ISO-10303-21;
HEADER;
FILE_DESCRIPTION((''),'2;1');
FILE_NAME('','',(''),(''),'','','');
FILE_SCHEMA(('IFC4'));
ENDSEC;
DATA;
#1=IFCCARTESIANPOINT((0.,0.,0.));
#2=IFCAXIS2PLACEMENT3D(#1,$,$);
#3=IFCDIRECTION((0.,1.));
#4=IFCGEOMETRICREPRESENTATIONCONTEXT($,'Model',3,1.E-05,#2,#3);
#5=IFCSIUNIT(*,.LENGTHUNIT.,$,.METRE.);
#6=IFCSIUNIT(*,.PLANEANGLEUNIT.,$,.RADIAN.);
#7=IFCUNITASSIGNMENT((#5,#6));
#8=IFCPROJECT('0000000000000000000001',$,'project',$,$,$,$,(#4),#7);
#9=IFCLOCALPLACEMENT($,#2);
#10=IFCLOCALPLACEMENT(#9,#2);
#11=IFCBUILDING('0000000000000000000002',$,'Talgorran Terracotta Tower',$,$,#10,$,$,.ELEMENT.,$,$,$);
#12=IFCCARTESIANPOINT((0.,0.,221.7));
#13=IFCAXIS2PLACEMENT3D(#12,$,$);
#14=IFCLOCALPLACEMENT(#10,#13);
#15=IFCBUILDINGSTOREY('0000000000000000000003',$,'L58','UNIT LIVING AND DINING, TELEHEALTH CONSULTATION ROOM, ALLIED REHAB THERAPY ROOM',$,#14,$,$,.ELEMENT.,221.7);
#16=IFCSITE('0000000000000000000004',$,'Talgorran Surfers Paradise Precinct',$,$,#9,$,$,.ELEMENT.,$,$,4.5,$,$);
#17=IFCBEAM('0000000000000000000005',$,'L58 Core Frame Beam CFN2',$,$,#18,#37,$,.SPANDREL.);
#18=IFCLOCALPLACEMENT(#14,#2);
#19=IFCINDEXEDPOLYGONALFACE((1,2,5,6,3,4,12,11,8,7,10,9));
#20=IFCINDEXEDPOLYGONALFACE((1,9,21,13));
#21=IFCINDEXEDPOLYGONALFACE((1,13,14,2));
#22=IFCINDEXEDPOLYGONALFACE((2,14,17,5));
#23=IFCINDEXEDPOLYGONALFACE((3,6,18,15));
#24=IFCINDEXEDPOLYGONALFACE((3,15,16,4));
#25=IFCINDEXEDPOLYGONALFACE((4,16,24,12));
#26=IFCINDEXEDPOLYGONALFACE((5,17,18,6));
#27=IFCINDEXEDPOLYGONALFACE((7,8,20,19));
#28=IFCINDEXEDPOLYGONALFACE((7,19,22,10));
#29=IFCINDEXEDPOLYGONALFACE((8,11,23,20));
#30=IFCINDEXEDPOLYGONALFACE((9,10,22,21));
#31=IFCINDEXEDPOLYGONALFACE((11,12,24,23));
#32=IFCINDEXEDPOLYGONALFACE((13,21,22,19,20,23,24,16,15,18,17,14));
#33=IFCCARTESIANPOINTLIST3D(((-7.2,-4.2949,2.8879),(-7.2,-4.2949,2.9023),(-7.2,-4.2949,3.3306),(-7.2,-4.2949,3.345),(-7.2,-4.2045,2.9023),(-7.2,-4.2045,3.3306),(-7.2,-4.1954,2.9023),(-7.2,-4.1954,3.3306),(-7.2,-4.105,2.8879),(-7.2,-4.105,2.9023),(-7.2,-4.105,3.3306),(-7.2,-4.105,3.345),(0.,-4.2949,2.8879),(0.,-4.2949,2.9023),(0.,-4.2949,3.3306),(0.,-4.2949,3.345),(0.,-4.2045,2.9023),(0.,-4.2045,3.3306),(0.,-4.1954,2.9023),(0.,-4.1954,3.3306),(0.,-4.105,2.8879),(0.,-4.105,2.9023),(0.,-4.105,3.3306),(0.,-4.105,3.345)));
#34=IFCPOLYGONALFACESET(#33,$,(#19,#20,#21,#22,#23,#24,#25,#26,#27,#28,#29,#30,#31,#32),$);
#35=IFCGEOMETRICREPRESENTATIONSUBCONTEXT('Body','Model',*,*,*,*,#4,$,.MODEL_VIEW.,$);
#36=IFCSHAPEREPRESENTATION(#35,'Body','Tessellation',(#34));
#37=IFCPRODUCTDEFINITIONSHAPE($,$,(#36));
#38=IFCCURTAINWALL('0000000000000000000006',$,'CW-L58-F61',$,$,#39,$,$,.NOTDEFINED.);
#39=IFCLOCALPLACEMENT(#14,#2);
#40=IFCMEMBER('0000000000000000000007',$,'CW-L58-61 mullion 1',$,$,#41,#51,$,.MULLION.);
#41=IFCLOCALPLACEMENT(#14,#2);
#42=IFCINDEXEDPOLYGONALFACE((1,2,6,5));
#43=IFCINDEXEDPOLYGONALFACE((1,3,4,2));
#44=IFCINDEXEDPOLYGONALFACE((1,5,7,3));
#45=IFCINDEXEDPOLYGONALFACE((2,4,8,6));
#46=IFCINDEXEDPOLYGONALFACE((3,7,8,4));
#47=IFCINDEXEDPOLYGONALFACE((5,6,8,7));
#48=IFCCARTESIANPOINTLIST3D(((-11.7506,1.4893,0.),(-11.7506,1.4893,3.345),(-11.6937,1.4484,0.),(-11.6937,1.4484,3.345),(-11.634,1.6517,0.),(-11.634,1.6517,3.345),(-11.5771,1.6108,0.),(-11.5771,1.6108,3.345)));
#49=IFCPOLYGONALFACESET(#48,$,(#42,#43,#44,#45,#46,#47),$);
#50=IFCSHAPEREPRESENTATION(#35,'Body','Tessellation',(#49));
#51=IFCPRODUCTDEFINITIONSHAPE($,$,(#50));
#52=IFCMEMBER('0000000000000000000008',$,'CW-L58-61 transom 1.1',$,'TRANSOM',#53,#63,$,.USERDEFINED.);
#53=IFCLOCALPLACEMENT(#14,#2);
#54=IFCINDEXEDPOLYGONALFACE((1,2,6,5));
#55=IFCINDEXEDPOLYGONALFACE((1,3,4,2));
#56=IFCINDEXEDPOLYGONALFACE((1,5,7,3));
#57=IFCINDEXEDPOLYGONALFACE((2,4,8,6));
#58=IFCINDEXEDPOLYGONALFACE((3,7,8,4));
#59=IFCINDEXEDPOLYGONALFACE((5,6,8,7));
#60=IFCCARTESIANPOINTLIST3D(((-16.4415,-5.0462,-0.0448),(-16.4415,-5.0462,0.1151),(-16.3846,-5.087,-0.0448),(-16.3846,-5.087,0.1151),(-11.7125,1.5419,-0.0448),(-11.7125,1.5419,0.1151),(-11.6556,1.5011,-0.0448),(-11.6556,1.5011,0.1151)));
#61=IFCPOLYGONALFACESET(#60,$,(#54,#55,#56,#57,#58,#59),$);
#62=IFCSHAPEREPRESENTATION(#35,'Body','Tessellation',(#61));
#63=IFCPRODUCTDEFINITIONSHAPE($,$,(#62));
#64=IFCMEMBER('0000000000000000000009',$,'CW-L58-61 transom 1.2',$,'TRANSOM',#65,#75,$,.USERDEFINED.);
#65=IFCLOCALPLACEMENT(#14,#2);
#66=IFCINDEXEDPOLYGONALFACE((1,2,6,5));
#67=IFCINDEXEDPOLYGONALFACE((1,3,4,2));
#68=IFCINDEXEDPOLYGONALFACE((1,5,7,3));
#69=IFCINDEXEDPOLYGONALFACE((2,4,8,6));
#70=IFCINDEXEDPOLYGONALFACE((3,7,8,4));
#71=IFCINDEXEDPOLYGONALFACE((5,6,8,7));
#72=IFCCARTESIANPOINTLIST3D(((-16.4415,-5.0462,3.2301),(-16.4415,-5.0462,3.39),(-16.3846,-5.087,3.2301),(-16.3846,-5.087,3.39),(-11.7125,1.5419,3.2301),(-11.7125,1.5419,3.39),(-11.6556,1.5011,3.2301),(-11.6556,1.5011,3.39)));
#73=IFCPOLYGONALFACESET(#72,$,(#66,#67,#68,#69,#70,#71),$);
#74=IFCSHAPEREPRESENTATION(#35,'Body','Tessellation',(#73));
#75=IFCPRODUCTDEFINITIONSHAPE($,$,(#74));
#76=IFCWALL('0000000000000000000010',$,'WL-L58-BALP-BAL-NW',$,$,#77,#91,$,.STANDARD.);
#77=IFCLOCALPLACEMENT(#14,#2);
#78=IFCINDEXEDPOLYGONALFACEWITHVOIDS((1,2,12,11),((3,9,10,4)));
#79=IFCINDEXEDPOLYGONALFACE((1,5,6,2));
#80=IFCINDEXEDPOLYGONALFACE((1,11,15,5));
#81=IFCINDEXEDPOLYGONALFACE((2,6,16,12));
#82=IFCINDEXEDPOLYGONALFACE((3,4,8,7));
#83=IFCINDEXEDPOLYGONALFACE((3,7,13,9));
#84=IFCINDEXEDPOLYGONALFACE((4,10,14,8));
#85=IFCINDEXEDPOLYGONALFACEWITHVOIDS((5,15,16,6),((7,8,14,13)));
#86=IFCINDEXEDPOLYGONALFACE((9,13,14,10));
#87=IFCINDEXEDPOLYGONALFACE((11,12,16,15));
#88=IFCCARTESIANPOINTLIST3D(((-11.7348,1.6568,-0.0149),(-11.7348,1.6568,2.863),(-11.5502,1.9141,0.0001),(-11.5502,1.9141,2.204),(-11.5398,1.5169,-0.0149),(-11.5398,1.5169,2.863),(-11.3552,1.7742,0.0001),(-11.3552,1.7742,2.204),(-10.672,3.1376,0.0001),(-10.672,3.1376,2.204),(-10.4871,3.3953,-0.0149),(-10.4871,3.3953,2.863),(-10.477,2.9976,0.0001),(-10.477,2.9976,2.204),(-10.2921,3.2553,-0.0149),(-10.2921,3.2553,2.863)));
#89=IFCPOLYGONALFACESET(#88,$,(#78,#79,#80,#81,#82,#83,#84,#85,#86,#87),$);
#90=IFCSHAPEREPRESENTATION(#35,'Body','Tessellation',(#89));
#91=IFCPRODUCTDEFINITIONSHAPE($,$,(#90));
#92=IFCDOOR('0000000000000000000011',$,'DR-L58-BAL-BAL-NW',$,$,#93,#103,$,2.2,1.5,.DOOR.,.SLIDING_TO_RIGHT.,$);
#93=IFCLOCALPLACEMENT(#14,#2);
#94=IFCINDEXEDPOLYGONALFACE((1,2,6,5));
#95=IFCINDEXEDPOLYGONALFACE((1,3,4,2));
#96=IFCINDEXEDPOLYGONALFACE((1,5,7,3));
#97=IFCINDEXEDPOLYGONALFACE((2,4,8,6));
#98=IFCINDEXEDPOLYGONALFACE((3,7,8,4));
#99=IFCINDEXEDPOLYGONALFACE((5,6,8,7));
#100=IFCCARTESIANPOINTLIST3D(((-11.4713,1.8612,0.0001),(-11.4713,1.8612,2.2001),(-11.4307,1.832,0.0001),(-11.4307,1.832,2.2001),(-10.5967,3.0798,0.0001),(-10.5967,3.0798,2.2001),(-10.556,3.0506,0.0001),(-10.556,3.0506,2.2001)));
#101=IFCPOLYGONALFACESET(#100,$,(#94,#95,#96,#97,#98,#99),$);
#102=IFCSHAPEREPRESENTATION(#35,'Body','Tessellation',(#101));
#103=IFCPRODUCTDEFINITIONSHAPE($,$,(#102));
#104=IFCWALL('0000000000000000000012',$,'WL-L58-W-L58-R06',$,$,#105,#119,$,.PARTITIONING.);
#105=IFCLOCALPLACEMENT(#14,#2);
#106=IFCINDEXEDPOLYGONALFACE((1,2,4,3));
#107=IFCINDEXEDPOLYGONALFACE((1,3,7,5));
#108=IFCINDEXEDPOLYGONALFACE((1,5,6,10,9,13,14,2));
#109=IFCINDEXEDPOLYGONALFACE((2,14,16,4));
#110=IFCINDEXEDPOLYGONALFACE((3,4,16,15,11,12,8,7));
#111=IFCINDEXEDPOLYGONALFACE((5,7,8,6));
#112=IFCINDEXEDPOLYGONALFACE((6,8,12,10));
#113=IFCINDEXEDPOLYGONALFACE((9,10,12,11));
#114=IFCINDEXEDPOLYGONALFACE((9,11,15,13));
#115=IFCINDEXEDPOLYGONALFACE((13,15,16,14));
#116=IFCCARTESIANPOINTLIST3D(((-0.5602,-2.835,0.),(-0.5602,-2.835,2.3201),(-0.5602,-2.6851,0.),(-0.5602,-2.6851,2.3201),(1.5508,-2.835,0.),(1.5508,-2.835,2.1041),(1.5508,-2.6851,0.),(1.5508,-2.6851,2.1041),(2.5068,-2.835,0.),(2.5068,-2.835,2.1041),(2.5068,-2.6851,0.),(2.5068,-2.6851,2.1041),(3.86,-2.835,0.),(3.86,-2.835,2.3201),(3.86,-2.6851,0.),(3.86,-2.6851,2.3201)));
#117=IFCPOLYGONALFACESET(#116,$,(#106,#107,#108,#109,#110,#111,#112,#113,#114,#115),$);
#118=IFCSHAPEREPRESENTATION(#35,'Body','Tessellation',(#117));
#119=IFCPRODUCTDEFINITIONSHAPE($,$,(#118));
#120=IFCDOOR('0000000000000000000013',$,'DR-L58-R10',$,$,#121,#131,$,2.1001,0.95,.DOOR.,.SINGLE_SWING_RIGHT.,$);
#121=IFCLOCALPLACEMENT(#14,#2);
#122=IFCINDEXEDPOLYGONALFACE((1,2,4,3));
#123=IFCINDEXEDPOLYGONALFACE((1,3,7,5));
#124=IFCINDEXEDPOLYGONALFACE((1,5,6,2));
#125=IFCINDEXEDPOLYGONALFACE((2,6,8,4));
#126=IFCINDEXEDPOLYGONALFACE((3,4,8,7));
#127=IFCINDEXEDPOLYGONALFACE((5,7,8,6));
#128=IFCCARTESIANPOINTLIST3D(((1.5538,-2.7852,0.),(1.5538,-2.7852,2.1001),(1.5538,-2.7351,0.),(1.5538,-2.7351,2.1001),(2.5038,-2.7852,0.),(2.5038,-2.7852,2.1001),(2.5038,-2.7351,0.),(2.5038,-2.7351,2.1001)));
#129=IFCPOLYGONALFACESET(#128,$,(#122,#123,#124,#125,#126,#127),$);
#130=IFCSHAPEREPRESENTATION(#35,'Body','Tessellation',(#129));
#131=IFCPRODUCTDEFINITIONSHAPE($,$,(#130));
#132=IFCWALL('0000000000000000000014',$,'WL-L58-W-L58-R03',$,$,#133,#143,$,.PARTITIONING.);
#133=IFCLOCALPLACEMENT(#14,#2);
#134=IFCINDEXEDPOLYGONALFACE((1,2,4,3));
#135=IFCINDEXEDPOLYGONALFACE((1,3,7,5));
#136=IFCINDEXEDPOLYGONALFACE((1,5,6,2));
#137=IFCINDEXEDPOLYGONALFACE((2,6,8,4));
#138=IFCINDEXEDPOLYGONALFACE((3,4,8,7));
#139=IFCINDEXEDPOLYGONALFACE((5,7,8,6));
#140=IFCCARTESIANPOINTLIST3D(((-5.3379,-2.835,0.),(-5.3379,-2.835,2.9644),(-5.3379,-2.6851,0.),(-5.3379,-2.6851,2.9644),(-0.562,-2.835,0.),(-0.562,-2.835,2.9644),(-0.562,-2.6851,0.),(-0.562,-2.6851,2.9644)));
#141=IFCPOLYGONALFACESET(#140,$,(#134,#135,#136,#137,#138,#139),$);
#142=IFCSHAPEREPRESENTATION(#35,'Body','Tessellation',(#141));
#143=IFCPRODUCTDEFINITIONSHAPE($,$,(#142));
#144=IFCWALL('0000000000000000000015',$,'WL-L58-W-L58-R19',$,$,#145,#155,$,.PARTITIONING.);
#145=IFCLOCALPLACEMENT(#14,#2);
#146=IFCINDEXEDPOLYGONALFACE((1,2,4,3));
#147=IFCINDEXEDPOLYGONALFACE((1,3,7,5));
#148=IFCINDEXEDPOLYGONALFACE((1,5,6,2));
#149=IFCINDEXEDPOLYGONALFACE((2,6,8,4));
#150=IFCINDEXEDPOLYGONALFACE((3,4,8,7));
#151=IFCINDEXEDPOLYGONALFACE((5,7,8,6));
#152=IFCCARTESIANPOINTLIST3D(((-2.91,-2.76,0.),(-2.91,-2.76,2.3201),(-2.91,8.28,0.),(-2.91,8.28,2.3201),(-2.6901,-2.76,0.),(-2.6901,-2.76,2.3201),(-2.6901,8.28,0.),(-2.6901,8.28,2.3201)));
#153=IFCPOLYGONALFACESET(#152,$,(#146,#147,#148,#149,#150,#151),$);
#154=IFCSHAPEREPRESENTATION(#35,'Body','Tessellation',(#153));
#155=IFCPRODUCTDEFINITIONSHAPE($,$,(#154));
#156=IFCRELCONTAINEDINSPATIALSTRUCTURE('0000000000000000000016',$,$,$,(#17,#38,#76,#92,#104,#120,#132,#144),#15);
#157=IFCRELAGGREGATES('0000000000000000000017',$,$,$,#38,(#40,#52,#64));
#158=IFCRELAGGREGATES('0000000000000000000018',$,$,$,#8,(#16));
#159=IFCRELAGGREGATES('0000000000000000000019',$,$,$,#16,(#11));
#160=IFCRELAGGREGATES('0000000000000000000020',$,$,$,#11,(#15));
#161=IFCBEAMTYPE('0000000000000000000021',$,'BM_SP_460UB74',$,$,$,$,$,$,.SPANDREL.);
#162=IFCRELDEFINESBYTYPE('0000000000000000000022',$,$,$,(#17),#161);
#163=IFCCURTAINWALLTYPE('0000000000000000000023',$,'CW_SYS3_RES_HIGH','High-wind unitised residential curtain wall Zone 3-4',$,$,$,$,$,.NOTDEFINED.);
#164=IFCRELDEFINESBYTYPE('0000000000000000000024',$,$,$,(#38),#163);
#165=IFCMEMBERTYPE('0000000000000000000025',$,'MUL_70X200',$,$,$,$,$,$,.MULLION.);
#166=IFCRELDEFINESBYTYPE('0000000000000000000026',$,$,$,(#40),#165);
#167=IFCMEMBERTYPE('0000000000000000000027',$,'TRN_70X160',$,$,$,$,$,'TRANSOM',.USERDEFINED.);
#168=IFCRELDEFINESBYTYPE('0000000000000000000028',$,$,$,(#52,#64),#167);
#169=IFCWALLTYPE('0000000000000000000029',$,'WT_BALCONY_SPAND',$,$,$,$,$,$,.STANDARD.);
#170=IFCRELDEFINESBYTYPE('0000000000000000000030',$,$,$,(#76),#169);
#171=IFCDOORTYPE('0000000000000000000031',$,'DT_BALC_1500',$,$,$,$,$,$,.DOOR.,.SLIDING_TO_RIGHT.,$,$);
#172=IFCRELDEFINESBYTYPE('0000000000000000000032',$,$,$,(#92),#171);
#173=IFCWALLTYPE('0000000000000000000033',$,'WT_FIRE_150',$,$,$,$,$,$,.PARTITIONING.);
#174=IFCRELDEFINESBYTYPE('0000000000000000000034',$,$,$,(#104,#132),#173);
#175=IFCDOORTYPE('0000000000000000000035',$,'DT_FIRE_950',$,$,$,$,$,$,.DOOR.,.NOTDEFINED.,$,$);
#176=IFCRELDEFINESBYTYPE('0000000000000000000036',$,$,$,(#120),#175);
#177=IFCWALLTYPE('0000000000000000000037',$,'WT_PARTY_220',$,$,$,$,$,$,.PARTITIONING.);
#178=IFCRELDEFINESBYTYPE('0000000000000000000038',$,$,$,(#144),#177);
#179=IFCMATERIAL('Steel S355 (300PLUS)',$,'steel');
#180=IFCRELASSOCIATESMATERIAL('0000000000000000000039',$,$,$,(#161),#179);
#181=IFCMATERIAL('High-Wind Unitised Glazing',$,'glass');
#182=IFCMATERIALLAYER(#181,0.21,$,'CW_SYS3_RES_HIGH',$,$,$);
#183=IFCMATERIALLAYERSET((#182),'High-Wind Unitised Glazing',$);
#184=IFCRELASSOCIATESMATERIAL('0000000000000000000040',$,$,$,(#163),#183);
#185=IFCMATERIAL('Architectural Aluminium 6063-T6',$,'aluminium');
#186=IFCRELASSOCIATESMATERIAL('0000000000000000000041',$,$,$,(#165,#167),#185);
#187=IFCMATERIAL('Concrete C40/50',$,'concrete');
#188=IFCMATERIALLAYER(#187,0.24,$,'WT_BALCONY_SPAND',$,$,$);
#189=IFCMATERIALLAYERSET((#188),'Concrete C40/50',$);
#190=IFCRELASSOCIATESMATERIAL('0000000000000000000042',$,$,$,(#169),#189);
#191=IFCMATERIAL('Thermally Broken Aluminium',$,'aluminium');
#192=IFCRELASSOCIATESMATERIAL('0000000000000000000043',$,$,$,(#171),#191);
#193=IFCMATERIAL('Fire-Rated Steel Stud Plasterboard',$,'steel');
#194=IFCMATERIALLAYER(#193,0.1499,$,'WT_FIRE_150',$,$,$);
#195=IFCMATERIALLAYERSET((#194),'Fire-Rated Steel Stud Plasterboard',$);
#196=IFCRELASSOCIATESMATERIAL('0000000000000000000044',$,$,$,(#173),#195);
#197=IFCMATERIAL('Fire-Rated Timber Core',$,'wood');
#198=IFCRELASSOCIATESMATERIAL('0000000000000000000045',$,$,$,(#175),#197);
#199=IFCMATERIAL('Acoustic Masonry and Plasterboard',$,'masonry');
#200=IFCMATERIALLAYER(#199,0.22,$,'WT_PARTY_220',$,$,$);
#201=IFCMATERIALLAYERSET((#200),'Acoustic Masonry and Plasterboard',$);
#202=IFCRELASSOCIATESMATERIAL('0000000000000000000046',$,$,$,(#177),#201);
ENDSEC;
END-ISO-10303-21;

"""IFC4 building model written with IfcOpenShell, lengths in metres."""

from ifc_helpers import new_model, si_unit, direction, frame, frame_2d, origin, origin_2d, place, context, subcontext, project, spatial, rectangle, i_section, extrude, material, layer, layer_set, material_profile, profile_set, type_object, element, fill, aggregate, save


model = new_model("IFC4")

# Units and contexts
model_context = context("Model", 3, precision=1e-05, world=origin(), true_north=direction((0.0, 1.0)))
body_context = subcontext(model_context, "Body", "Model", "MODEL_VIEW")
ifc_project = project(units=[si_unit("LENGTHUNIT", "METRE"), si_unit("PLANEANGLEUNIT", "RADIAN")], contexts=[model_context])

# Site, building, storey
site_placement = place(None, origin())
site = spatial("IfcSite", under=ifc_project, at=site_placement, Name="Talgorran Surfers Paradise Precinct", CompositionType="ELEMENT", RefElevation=4.5)
building_placement = place(site_placement, origin())
building = spatial("IfcBuilding", under=site, at=building_placement, Name="Talgorran Terracotta Tower", CompositionType="ELEMENT")
storey_placement = place(building_placement, frame((0.0, 0.0, 221.7)))
storey = spatial("IfcBuildingStorey", under=building, at=storey_placement, Name="L58", Description="UNIT LIVING AND DINING, TELEHEALTH CONSULTATION ROOM, ALLIED REHAB THERAPY ROOM", CompositionType="ELEMENT", Elevation=221.7)

# Shared definitions
ifc_material_1 = material(Name="Steel S355 (300PLUS)", Category="steel")

# Beam
ifc_material_profile_1 = material_profile(ifc_material_1, i_section(OverallWidth=0.1899, OverallDepth=0.457, WebThickness=0.009, FlangeThickness=0.0144, at=origin_2d()), Name="460UB74.6")
ifc_profile_set_1 = profile_set([ifc_material_profile_1], Name="Steel S355 (300PLUS)")
beam_type_1 = type_object("IfcBeamType", Name="BM_SP_460UB74", PredefinedType="SPANDREL", material=ifc_profile_set_1)
beam_1_placement = place(storey_placement, frame((-7.2, -4.2, 3.1165), z_axis=(1.0, 0.0, 0.0), x_axis=(0.0, 1.0, 0.0)))
element("IfcBeam", 1, at=beam_1_placement, inside=storey, type_object=beam_type_1, Name="L58 Core Frame Beam CFN2", PredefinedType="SPANDREL", context=body_context, shape_type="SweptSolid", body=[
    extrude(i_section(OverallWidth=0.1899, OverallDepth=0.457, WebThickness=0.009, FlangeThickness=0.0144, at=origin_2d()), origin(), (0.0, 0.0, 1.0), 7.2),
])

# Curtain wall, members
ifc_material_2 = material(Name="High-Wind Unitised Glazing", Category="glass")
ifc_layer_1 = layer(ifc_material_2, 0.21, Name="CW_SYS3_RES_HIGH")
ifc_layer_set_1 = layer_set([ifc_layer_1], Name="High-Wind Unitised Glazing")
curtain_wall_type = type_object("IfcCurtainWallType", Name="CW_SYS3_RES_HIGH", Description="High-wind unitised residential curtain wall Zone 3-4", PredefinedType="NOTDEFINED", material=ifc_layer_set_1)
curtain_wall_placement = place(storey_placement, origin())
curtain_wall = element("IfcCurtainWall", 2, at=curtain_wall_placement, inside=storey, type_object=curtain_wall_type, Name="CW-L58-F61", PredefinedType="NOTDEFINED")
ifc_material_3 = material(Name="Architectural Aluminium 6063-T6", Category="aluminium")
ifc_material_profile_2 = material_profile(ifc_material_3, rectangle(XDim=0.0701, YDim=0.2, at=origin_2d()), Name="CWM70X200")
ifc_profile_set_2 = profile_set([ifc_material_profile_2], Name="Architectural Aluminium 6063-T6")
member_type_1 = type_object("IfcMemberType", Name="MUL_70X200", PredefinedType="MULLION", material=ifc_profile_set_2)
member_1_placement = place(storey_placement, frame((-11.6638, 1.55, 0.0), z_axis=(0.0, 0.0, 1.0), x_axis=(0.812386, -0.583119, 0.0)))
member_1 = element("IfcMember", 3, at=member_1_placement, type_object=member_type_1, Name="CW-L58-61 mullion 1", PredefinedType="MULLION", context=body_context, shape_type="SweptSolid", body=[
    extrude(rectangle(XDim=0.0701, YDim=0.2, at=origin_2d()), origin(), (0.0, 0.0, 1.0), 3.345),
])
ifc_material_profile_3 = material_profile(ifc_material_3, rectangle(XDim=0.0701, YDim=0.1599, at=origin_2d()), Name="CWT70X160")
ifc_profile_set_3 = profile_set([ifc_material_profile_3], Name="Architectural Aluminium 6063-T6")
member_type_2 = type_object("IfcMemberType", Name="TRN_70X160", ElementType="TRANSOM", PredefinedType="USERDEFINED", material=ifc_profile_set_3)
member_2_placement = place(storey_placement, frame((-11.6841, 1.5215, 0.0352), z_axis=(-0.58313, -0.812379, 0.0), x_axis=(0.812379, -0.58313, 0.0)))
member_2 = element("IfcMember", 4, at=member_2_placement, type_object=member_type_2, Name="CW-L58-61 transom 1.1", ObjectType="TRANSOM", PredefinedType="USERDEFINED", context=body_context, shape_type="SweptSolid", body=[
    extrude(rectangle(XDim=0.0701, YDim=0.1599, at=origin_2d()), origin(), (0.0, 0.0, 1.0), 8.1096),
])
member_3_placement = place(storey_placement, frame((-11.6841, 1.5215, 3.3101), z_axis=(-0.58313, -0.812379, 0.0), x_axis=(0.812379, -0.58313, 0.0)))
member_3 = element("IfcMember", 5, at=member_3_placement, type_object=member_type_2, Name="CW-L58-61 transom 1.2", ObjectType="TRANSOM", PredefinedType="USERDEFINED", context=body_context, shape_type="SweptSolid", body=[
    extrude(rectangle(XDim=0.0701, YDim=0.1599, at=origin_2d()), origin(), (0.0, 0.0, 1.0), 8.1096),
])
aggregate(curtain_wall, [member_1, member_2, member_3])

# Walls, openings, doors
ifc_material_4 = material(Name="Concrete C40/50", Category="concrete")
ifc_layer_2 = layer(ifc_material_4, 0.24, Name="WT_BALCONY_SPAND")
ifc_layer_set_2 = layer_set([ifc_layer_2], Name="Concrete C40/50")
wall_type_1 = type_object("IfcWallType", Name="WT_BALCONY_SPAND", PredefinedType="STANDARD", material=ifc_layer_set_2)
wall_1_placement = place(storey_placement, frame((-10.3896, 3.3252, -0.0149), z_axis=(0.0, 0.0, 1.0), x_axis=(-0.583093, -0.812405, 0.0)))
wall_1 = element("IfcWall", 6, at=wall_1_placement, inside=storey, type_object=wall_type_1, Name="WL-L58-BALP-BAL-NW", PredefinedType="STANDARD", context=body_context, shape_type="SweptSolid", body=[
    extrude(rectangle(XDim=2.1399, YDim=0.24, at=frame_2d((1.0698, 0.0))), origin(), (0.0, 0.0, 1.0), 2.8779),
])
opening_1_placement = place(wall_1_placement, frame((0.3201, 0.0, 0.0149)))
opening_1 = element("IfcOpeningElement", 7, at=opening_1_placement, cuts=wall_1, PredefinedType="OPENING", context=body_context, shape_type="SweptSolid", body=[
    extrude(rectangle(XDim=1.506, YDim=2.204, at=frame_2d((0.75, 1.1021))), frame((0.0, 0.1299, 0.0), z_axis=(0.0, -1.0, 0.0), x_axis=(1.0, 0.0, 0.0)), (0.0, 0.0, 1.0), 0.26),
])
ifc_material_5 = material(Name="Thermally Broken Aluminium", Category="aluminium")
door_type_1 = type_object("IfcDoorType", Name="DT_BALC_1500", OperationType="SLIDING_TO_RIGHT", PredefinedType="DOOR", material=ifc_material_5)
door_1_placement = place(opening_1_placement, origin())
door_1 = element("IfcDoor", 8, at=door_1_placement, inside=storey, type_object=door_type_1, Name="DR-L58-BAL-BAL-NW", OperationType="SLIDING_TO_RIGHT", OverallHeight=2.2, OverallWidth=1.5, PredefinedType="DOOR", context=body_context, shape_type="SweptSolid", body=[
    extrude(rectangle(XDim=1.5, YDim=2.2, at=frame_2d((0.75, 1.1001))), frame((0.0, 0.0249, 0.0), z_axis=(0.0, -1.0, 0.0), x_axis=(1.0, 0.0, 0.0)), (0.0, 0.0, 1.0), 0.05),
])
fill(opening_1, door_1)
ifc_material_6 = material(Name="Fire-Rated Steel Stud Plasterboard", Category="steel")
ifc_layer_3 = layer(ifc_material_6, 0.1499, Name="WT_FIRE_150")
ifc_layer_set_3 = layer_set([ifc_layer_3], Name="Fire-Rated Steel Stud Plasterboard")
wall_type_2 = type_object("IfcWallType", Name="WT_FIRE_150", PredefinedType="PARTITIONING", material=ifc_layer_set_3)
wall_2_placement = place(storey_placement, frame((-0.5601, -2.76, 0.0), z_axis=(0.0, 0.0, 1.0), x_axis=(1.0, 0.0, 0.0)))
wall_2 = element("IfcWall", 9, at=wall_2_placement, inside=storey, type_object=wall_type_2, Name="WL-L58-W-L58-R06", PredefinedType="PARTITIONING", context=body_context, shape_type="SweptSolid", body=[
    extrude(rectangle(XDim=4.4202, YDim=0.1499, at=frame_2d((2.21, 0.0))), origin(), (0.0, 0.0, 1.0), 2.3201),
])
opening_2_placement = place(wall_2_placement, frame((2.1138, 0.0, 0.0)))
opening_2 = element("IfcOpeningElement", 10, at=opening_2_placement, cuts=wall_2, PredefinedType="OPENING", context=body_context, shape_type="SweptSolid", body=[
    extrude(rectangle(XDim=0.956, YDim=2.1041, at=frame_2d((0.4751, 1.052))), frame((0.0, 0.085, 0.0), z_axis=(0.0, -1.0, 0.0), x_axis=(1.0, 0.0, 0.0)), (0.0, 0.0, 1.0), 0.1699),
])
ifc_material_7 = material(Name="Fire-Rated Timber Core", Category="wood")
door_type_2 = type_object("IfcDoorType", Name="DT_FIRE_950", OperationType="NOTDEFINED", PredefinedType="DOOR", material=ifc_material_7)
door_2_placement = place(opening_2_placement, origin())
door_2 = element("IfcDoor", 11, at=door_2_placement, inside=storey, type_object=door_type_2, Name="DR-L58-R10", OperationType="SINGLE_SWING_RIGHT", OverallHeight=2.1001, OverallWidth=0.95, PredefinedType="DOOR", context=body_context, shape_type="SweptSolid", body=[
    extrude(rectangle(XDim=0.95, YDim=2.1001, at=frame_2d((0.4751, 1.05))), frame((0.0, 0.0249, 0.0), z_axis=(0.0, -1.0, 0.0), x_axis=(1.0, 0.0, 0.0)), (0.0, 0.0, 1.0), 0.05),
])
fill(opening_2, door_2)

# Walls
wall_3_placement = place(storey_placement, frame((-5.3379, -2.76, 0.0), z_axis=(0.0, 0.0, 1.0), x_axis=(1.0, 0.0, 0.0)))
element("IfcWall", 12, at=wall_3_placement, inside=storey, type_object=wall_type_2, Name="WL-L58-W-L58-R03", PredefinedType="PARTITIONING", context=body_context, shape_type="SweptSolid", body=[
    extrude(rectangle(XDim=4.7759, YDim=0.1499, at=frame_2d((2.3879, 0.0))), origin(), (0.0, 0.0, 1.0), 2.9644),
])
ifc_material_8 = material(Name="Acoustic Masonry and Plasterboard", Category="masonry")
ifc_layer_4 = layer(ifc_material_8, 0.22, Name="WT_PARTY_220")
ifc_layer_set_4 = layer_set([ifc_layer_4], Name="Acoustic Masonry and Plasterboard")
wall_type_3 = type_object("IfcWallType", Name="WT_PARTY_220", PredefinedType="PARTITIONING", material=ifc_layer_set_4)
wall_4_placement = place(storey_placement, frame((-2.8, -2.76, 0.0), z_axis=(0.0, 0.0, 1.0), x_axis=(0.0, 1.0, 0.0)))
element("IfcWall", 13, at=wall_4_placement, inside=storey, type_object=wall_type_3, Name="WL-L58-W-L58-R19", PredefinedType="PARTITIONING", context=body_context, shape_type="SweptSolid", body=[
    extrude(rectangle(XDim=11.04, YDim=0.22, at=frame_2d((5.52, 0.0))), origin(), (0.0, 0.0, 1.0), 2.3201),
])

save(model, "model.ifc")
